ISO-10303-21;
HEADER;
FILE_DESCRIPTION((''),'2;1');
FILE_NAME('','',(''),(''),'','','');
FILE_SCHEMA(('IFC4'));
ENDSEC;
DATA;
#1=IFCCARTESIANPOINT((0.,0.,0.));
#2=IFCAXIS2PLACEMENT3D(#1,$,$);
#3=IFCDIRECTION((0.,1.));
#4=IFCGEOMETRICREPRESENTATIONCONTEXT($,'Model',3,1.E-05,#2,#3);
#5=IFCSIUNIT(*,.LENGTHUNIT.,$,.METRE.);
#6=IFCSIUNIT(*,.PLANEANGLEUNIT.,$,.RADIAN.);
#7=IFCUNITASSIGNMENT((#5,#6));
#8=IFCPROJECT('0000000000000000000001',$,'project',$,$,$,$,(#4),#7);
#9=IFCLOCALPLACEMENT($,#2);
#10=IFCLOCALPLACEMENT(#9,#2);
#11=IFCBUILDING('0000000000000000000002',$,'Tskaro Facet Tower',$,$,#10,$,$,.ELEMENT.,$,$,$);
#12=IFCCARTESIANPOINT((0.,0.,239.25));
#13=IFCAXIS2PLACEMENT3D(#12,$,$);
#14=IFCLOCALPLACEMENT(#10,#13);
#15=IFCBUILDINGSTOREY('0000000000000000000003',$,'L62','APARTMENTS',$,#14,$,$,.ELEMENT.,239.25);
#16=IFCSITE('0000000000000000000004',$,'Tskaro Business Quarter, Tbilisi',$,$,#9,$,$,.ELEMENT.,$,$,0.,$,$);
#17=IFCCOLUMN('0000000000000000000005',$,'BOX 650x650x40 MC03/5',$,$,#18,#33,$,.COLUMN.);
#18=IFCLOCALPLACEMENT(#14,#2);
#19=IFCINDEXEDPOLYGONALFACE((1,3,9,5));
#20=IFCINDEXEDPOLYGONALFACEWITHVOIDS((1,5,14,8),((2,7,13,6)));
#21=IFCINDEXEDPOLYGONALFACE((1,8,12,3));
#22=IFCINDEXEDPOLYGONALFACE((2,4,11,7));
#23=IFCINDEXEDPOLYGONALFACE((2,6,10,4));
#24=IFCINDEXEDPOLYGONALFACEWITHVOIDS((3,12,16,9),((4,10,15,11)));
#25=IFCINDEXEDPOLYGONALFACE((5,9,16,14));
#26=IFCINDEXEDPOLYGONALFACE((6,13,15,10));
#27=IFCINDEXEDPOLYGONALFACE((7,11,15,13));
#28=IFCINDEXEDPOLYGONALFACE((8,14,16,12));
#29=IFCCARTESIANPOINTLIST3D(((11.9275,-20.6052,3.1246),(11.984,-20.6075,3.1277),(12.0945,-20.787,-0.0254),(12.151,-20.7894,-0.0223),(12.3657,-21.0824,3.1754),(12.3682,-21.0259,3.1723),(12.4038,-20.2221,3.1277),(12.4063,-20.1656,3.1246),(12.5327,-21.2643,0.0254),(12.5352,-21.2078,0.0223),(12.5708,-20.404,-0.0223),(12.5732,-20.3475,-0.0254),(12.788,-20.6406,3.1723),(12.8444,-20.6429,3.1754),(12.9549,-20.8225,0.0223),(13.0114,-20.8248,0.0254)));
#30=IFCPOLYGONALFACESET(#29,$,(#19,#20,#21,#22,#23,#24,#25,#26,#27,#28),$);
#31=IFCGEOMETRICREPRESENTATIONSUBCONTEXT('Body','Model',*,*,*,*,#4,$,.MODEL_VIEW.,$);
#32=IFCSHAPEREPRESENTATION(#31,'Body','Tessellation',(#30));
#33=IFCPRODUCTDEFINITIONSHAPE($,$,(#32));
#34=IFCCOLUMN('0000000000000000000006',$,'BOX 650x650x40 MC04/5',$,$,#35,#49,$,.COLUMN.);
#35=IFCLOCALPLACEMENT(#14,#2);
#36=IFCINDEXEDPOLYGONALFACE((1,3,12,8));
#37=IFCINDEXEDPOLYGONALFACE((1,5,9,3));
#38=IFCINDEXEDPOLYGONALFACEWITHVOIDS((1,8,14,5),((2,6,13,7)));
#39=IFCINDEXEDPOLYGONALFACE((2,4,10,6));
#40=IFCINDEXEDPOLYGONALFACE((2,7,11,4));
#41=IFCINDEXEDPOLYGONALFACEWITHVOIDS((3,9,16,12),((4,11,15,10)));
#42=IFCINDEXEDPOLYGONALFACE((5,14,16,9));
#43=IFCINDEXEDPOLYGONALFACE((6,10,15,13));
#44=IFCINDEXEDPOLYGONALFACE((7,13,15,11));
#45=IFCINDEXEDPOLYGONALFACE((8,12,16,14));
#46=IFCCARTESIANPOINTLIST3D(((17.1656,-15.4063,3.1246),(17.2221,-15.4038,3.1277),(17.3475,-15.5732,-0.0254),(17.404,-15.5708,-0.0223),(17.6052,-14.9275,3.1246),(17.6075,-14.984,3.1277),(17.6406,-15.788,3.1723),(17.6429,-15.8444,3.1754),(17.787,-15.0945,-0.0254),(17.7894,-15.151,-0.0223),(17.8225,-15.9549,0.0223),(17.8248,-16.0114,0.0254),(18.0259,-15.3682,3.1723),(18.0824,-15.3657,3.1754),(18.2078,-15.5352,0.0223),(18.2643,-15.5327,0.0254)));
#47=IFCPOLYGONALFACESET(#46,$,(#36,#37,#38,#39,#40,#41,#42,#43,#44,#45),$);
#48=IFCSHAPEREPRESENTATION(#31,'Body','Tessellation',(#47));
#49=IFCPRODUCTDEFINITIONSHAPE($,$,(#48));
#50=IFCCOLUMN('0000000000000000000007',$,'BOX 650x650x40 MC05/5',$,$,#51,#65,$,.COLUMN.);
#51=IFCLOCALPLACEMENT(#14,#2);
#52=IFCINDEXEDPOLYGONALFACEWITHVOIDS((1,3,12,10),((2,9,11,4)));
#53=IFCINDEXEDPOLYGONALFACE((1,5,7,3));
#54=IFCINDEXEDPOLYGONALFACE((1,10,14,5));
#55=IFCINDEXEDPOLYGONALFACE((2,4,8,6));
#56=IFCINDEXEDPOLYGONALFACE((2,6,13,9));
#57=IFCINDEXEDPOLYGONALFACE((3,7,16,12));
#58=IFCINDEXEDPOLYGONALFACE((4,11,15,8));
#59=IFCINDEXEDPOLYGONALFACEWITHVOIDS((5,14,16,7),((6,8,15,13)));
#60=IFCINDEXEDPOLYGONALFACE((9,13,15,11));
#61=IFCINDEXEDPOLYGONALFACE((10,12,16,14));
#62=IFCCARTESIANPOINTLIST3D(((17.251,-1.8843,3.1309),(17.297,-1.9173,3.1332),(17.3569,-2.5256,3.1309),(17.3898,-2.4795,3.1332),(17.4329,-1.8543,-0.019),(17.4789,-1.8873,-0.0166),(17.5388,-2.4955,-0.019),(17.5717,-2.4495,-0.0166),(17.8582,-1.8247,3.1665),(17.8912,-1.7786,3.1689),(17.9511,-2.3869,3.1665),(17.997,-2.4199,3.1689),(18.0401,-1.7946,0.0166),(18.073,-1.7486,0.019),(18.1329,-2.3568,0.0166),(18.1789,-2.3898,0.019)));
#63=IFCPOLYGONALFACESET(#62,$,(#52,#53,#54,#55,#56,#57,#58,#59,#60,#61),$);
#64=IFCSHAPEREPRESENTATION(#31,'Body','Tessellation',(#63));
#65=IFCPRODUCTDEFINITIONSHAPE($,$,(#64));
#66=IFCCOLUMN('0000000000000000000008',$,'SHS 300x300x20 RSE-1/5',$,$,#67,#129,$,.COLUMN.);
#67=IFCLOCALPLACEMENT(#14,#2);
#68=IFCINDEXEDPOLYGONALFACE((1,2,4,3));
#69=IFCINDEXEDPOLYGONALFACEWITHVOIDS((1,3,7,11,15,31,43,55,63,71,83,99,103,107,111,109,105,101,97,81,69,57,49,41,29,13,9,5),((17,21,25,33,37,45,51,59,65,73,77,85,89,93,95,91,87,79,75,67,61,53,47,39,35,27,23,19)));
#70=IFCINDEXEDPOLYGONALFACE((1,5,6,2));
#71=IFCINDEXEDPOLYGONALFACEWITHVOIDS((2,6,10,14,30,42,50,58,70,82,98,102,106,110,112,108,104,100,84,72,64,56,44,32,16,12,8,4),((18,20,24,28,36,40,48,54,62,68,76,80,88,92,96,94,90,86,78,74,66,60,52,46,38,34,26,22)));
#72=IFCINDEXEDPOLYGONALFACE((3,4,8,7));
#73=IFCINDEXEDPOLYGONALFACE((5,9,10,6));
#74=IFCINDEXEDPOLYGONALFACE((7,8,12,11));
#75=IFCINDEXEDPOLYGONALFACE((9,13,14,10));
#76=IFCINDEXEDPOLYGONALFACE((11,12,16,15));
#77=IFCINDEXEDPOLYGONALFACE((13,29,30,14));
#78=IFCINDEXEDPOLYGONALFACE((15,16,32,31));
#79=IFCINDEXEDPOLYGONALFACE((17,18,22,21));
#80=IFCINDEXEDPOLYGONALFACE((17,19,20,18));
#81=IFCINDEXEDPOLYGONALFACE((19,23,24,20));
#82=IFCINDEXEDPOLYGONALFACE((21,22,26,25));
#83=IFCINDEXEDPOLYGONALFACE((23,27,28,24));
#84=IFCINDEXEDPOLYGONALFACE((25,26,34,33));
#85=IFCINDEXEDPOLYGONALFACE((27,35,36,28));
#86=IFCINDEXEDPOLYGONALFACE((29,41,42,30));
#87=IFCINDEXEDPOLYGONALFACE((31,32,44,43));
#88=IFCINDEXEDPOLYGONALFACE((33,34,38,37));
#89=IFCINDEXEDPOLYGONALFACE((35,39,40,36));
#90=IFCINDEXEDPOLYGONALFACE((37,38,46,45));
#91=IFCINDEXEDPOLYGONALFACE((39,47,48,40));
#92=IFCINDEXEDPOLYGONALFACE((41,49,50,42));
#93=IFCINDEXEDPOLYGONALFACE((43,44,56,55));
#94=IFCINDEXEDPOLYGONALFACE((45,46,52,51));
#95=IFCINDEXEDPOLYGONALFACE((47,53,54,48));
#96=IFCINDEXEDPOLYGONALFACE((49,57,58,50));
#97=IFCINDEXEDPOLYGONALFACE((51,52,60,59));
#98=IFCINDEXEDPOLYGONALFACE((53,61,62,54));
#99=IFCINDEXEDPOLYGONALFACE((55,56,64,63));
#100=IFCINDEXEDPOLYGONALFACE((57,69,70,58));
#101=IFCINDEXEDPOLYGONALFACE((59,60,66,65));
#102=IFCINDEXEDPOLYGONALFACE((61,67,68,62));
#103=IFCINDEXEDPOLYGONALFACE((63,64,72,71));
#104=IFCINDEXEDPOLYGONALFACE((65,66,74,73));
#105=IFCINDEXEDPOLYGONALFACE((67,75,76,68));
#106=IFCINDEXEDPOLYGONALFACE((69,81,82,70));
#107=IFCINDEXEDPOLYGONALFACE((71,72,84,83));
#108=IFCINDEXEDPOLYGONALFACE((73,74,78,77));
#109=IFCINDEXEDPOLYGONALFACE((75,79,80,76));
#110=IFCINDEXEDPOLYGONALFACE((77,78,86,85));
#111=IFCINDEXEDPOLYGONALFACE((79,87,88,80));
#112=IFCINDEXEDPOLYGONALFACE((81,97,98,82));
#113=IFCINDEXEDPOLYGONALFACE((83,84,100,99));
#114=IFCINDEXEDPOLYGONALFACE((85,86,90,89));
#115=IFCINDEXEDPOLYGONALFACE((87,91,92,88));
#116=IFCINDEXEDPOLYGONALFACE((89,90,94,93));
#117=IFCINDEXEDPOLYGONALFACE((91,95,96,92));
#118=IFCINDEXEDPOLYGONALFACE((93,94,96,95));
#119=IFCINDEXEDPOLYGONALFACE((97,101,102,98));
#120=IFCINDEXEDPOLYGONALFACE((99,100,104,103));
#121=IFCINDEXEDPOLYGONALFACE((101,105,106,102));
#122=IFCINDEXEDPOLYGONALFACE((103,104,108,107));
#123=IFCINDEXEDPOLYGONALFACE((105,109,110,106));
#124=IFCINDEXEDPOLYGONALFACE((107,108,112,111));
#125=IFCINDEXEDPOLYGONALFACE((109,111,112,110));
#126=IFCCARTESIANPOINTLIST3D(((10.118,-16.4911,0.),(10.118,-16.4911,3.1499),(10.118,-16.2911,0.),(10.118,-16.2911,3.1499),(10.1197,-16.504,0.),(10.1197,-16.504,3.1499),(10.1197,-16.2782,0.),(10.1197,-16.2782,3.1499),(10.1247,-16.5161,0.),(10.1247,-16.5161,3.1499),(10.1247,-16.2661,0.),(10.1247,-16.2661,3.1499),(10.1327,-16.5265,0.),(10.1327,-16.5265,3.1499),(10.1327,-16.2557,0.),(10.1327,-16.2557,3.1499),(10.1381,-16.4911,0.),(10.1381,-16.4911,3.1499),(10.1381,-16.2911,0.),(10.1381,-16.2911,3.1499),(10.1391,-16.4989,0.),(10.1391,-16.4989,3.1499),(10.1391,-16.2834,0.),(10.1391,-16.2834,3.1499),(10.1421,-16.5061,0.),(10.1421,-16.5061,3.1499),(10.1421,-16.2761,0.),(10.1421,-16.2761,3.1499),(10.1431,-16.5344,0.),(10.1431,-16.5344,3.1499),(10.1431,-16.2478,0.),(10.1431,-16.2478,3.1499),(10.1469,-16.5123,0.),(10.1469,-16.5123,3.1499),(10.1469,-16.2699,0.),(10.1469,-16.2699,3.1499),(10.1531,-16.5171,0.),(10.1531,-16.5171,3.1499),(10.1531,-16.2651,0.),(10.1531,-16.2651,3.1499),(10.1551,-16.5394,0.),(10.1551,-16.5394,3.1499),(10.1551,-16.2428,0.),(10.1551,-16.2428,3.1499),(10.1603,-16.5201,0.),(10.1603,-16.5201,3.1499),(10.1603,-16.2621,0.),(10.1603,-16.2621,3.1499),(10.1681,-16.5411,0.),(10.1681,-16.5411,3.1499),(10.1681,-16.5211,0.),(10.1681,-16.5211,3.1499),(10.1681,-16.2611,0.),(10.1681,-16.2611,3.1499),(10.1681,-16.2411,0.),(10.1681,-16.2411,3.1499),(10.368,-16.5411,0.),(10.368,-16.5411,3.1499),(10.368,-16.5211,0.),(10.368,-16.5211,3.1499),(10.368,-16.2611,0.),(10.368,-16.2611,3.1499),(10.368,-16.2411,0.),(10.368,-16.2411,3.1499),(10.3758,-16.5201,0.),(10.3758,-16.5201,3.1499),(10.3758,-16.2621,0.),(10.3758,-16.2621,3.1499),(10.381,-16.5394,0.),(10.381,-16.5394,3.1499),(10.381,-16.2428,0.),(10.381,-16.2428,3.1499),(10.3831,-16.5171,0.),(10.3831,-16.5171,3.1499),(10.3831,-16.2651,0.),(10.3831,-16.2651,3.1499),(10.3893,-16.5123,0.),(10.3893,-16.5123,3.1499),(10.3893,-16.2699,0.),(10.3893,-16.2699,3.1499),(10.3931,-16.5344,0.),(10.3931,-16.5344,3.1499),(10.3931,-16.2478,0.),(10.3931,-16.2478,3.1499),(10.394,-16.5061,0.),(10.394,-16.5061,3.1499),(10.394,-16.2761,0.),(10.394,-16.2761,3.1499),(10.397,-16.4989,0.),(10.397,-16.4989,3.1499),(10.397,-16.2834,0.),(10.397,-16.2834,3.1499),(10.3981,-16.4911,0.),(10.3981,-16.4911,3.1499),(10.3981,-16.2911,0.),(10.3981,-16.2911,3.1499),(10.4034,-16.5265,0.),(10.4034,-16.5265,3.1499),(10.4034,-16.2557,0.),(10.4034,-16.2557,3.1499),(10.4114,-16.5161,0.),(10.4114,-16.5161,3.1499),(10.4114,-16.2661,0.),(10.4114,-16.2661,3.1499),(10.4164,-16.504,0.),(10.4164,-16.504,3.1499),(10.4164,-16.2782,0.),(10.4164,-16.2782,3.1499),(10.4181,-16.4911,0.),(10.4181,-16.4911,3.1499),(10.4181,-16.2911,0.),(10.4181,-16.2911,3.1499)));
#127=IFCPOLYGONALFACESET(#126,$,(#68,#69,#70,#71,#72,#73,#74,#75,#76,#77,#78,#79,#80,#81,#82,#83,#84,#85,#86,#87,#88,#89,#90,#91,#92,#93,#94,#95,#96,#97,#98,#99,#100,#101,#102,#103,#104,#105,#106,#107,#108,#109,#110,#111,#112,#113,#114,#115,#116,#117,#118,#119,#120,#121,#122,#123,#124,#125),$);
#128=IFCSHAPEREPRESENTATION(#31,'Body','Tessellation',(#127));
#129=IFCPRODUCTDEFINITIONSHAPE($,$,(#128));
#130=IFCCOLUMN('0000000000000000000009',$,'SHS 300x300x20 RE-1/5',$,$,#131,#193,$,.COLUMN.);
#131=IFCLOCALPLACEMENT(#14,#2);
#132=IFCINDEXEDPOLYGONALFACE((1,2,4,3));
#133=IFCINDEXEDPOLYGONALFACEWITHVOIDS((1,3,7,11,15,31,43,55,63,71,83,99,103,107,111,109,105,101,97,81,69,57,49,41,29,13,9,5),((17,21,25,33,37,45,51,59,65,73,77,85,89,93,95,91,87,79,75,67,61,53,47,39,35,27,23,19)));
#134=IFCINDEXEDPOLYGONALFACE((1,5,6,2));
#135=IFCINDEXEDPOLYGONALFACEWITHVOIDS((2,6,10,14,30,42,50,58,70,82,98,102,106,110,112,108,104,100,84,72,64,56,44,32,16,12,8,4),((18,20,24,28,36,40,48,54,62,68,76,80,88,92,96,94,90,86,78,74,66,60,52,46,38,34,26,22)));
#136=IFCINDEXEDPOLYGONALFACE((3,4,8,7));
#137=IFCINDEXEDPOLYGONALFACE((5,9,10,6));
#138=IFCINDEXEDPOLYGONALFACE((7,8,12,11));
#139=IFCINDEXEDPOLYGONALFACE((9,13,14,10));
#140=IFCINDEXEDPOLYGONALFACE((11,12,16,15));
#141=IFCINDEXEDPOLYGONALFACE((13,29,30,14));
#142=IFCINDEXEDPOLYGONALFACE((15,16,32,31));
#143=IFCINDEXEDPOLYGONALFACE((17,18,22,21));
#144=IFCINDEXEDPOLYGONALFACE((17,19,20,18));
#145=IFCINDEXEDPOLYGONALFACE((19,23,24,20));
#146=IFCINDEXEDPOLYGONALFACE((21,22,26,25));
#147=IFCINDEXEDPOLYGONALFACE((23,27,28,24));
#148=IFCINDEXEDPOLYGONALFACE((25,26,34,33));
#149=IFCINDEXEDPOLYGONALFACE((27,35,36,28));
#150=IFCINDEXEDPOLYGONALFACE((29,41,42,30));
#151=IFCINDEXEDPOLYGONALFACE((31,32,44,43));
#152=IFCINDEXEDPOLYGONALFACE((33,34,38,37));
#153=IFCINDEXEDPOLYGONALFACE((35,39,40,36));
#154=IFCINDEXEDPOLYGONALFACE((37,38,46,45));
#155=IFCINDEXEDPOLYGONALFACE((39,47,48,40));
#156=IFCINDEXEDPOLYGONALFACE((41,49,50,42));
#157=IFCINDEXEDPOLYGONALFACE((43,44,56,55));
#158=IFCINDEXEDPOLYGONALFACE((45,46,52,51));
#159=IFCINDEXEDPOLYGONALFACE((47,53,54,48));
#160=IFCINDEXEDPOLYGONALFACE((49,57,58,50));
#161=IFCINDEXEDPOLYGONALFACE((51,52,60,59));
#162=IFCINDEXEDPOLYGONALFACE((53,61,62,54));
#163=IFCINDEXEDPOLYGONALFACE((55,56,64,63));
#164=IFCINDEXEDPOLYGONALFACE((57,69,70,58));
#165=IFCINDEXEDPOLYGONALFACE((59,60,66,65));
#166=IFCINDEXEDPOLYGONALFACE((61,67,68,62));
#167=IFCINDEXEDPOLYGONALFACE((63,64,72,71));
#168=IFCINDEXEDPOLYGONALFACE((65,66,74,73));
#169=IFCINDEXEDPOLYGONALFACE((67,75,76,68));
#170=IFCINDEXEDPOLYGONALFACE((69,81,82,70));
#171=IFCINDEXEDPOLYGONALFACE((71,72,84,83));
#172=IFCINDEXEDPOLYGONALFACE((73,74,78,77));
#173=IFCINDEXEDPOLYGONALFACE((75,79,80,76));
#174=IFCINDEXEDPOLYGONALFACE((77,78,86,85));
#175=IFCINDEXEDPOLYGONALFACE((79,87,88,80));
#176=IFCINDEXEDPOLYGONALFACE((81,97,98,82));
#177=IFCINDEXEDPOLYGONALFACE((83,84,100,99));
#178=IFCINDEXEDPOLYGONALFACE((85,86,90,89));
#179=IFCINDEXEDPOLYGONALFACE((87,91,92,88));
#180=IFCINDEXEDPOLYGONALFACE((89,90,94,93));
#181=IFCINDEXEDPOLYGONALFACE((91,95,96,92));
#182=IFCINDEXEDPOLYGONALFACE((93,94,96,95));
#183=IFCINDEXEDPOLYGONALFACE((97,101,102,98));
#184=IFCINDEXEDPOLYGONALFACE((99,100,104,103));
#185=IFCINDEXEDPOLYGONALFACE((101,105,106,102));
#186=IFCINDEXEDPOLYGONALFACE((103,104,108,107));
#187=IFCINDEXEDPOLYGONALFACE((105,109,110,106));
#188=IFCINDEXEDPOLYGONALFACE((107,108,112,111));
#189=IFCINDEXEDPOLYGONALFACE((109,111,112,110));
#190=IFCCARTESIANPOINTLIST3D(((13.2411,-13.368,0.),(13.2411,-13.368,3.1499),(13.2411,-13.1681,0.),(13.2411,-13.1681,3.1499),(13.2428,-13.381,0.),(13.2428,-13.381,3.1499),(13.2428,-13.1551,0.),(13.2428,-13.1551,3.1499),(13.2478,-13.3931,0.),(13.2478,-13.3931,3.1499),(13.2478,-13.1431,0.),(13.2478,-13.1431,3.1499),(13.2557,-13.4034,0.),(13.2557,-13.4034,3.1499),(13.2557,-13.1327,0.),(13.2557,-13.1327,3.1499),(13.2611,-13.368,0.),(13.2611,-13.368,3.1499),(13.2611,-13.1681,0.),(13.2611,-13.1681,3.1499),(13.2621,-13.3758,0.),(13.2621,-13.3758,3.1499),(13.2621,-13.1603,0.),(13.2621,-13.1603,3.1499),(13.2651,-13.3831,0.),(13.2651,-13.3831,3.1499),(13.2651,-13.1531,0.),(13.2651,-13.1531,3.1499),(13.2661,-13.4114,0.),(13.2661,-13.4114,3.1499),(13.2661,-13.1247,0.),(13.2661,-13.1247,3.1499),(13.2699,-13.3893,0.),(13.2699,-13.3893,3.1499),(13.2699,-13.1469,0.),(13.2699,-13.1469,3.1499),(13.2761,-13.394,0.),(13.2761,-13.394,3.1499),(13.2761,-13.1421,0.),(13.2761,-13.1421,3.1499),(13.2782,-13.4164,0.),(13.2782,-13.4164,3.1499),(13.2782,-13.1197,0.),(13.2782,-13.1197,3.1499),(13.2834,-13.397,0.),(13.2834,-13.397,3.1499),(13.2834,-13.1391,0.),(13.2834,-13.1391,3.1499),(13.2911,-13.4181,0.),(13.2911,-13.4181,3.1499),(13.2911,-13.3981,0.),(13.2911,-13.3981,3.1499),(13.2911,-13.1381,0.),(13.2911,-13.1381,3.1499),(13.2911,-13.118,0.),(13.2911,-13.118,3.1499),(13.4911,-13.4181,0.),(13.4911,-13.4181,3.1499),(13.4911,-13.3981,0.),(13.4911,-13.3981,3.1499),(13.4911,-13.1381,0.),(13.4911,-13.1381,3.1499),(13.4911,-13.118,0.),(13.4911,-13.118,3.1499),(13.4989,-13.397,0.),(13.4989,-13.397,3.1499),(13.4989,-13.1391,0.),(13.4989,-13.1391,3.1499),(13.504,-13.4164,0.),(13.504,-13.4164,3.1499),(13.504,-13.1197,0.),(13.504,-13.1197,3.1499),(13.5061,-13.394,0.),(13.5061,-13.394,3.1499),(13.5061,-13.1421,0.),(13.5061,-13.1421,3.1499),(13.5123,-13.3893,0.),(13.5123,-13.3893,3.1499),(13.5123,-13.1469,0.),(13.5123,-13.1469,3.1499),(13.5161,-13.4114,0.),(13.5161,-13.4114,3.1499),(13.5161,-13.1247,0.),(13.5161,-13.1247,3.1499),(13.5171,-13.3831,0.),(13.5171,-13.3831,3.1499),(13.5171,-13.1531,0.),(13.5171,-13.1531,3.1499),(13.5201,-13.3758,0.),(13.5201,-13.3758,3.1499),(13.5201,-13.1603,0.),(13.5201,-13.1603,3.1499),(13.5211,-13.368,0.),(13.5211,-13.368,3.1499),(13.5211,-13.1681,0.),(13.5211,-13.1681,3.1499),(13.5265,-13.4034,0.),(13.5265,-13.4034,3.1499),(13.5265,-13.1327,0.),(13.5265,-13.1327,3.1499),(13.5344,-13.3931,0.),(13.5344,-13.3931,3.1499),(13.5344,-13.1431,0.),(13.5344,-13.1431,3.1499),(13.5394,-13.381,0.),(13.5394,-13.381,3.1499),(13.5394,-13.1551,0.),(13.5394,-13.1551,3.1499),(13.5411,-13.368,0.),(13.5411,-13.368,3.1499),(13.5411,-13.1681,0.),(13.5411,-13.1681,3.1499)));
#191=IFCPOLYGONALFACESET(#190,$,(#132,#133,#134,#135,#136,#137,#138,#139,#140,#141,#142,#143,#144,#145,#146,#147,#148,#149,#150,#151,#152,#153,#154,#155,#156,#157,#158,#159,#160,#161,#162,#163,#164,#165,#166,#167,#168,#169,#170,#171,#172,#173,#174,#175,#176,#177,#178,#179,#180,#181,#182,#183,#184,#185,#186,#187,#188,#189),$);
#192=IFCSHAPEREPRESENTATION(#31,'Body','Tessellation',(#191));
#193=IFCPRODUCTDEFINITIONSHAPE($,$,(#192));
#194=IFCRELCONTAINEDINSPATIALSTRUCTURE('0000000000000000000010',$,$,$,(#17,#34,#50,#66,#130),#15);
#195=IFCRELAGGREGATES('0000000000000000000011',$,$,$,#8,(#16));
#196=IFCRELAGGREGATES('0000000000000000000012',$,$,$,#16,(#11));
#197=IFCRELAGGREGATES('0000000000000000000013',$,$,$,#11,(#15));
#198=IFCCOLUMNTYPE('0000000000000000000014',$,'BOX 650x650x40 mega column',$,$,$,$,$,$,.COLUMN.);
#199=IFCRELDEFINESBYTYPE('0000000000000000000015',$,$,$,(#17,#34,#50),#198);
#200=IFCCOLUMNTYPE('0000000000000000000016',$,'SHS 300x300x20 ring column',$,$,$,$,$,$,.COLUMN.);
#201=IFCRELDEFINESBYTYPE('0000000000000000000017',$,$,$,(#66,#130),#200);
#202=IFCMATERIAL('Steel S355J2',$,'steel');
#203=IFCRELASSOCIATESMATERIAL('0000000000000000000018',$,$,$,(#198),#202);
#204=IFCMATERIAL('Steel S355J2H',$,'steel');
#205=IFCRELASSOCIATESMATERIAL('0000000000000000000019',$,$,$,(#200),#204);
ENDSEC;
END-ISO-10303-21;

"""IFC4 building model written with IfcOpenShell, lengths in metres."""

from ifc_helpers import new_model, si_unit, direction, frame, origin, origin_2d, place, context, subcontext, project, spatial, hollow_rectangle, extrude, material, material_profile, profile_set, type_object, element, save


model = new_model("IFC4")

# Units and contexts
model_context = context("Model", 3, precision=1e-05, world=origin(), true_north=direction((0.0, 1.0)))
body_context = subcontext(model_context, "Body", "Model", "MODEL_VIEW")
ifc_project = project(units=[si_unit("LENGTHUNIT", "METRE"), si_unit("PLANEANGLEUNIT", "RADIAN")], contexts=[model_context])

# Site, building, storey
site_placement = place(None, origin())
site = spatial("IfcSite", under=ifc_project, at=site_placement, Name="Tskaro Business Quarter, Tbilisi", CompositionType="ELEMENT", RefElevation=0.0)
building_placement = place(site_placement, origin())
building = spatial("IfcBuilding", under=site, at=building_placement, Name="Tskaro Facet Tower", CompositionType="ELEMENT")
storey_placement = place(building_placement, frame((0.0, 0.0, 239.25)))
storey = spatial("IfcBuildingStorey", under=building, at=storey_placement, Name="L62", Description="APARTMENTS", CompositionType="ELEMENT", Elevation=239.25)

# Columns
ifc_material_1 = material(Name="Steel S355J2", Category="steel")
ifc_material_profile_1 = material_profile(ifc_material_1, hollow_rectangle(XDim=0.6499, YDim=0.6499, WallThickness=0.04, at=origin_2d()), Name="BOX 650x650x40")
ifc_profile_set_1 = profile_set([ifc_material_profile_1], Name="Steel S355J2")
column_type_1 = type_object("IfcColumnType", Name="BOX 650x650x40 mega column", PredefinedType="COLUMN", material=ifc_profile_set_1)
for number, where, z_axis, x_axis, name in (
    (1, (12.553, -20.8059, 0.0), (-0.052853, 0.057566, 0.996942), (-0.73662, -0.676306, 0.0), "BOX 650x650x40 MC03/5"),
    (2, (17.8059, -15.553, 0.0), (-0.057566, 0.052853, 0.996942), (-0.676306, -0.73662, 0.0), "BOX 650x650x40 MC04/5"),
):
    element("IfcColumn", number, at=place(storey_placement, frame(where, z_axis=z_axis, x_axis=x_axis)), inside=storey, type_object=column_type_1, Name=name, PredefinedType="COLUMN", context=body_context, shape_type="SweptSolid", body=[
        extrude(hollow_rectangle(XDim=0.6499, YDim=0.6499, WallThickness=0.04, at=origin_2d()), origin(), (0.0, 0.0, 1.0), 3.1597),
    ])
column_placement = place(storey_placement, frame((17.8059, -2.1221, 0.0), z_axis=(-0.057644, -0.009517, 0.998292), x_axis=(0.162895, -0.986643, 0.0)))
element("IfcColumn", 3, at=column_placement, inside=storey, type_object=column_type_1, Name="BOX 650x650x40 MC05/5", PredefinedType="COLUMN", context=body_context, shape_type="SweptSolid", body=[
    extrude(hollow_rectangle(XDim=0.6499, YDim=0.6499, WallThickness=0.04, at=origin_2d()), origin(), (0.0, 0.0, 1.0), 3.1553),
])
ifc_material_2 = material(Name="Steel S355J2H", Category="steel")
ifc_material_profile_2 = material_profile(ifc_material_2, hollow_rectangle(XDim=0.3, YDim=0.3, WallThickness=0.02, InnerFilletRadius=0.03, OuterFilletRadius=0.05, at=origin_2d()), Name="SHS 300x300x20")
ifc_profile_set_2 = profile_set([ifc_material_profile_2], Name="Steel S355J2H")
column_type_2 = type_object("IfcColumnType", Name="SHS 300x300x20 ring column", PredefinedType="COLUMN", material=ifc_profile_set_2)
for number, where, z_axis, x_axis, name in (
    (4, (10.2681, -16.3911, 0.0), (0.0, 0.0, 1.0), (1.0, 0.0, 0.0), "SHS 300x300x20 RSE-1/5"),
    (5, (13.3911, -13.2681, 0.0), (0.0, 0.0, 1.0), (1.0, 0.0, 0.0), "SHS 300x300x20 RE-1/5"),
):
    element("IfcColumn", number, at=place(storey_placement, frame(where, z_axis=z_axis, x_axis=x_axis)), inside=storey, type_object=column_type_2, Name=name, PredefinedType="COLUMN", context=body_context, shape_type="SweptSolid", body=[
        extrude(hollow_rectangle(XDim=0.3, YDim=0.3, WallThickness=0.02, InnerFilletRadius=0.03, OuterFilletRadius=0.05, at=origin_2d()), origin(), (0.0, 0.0, 1.0), 3.1499),
    ])

save(model, "model.ifc")
